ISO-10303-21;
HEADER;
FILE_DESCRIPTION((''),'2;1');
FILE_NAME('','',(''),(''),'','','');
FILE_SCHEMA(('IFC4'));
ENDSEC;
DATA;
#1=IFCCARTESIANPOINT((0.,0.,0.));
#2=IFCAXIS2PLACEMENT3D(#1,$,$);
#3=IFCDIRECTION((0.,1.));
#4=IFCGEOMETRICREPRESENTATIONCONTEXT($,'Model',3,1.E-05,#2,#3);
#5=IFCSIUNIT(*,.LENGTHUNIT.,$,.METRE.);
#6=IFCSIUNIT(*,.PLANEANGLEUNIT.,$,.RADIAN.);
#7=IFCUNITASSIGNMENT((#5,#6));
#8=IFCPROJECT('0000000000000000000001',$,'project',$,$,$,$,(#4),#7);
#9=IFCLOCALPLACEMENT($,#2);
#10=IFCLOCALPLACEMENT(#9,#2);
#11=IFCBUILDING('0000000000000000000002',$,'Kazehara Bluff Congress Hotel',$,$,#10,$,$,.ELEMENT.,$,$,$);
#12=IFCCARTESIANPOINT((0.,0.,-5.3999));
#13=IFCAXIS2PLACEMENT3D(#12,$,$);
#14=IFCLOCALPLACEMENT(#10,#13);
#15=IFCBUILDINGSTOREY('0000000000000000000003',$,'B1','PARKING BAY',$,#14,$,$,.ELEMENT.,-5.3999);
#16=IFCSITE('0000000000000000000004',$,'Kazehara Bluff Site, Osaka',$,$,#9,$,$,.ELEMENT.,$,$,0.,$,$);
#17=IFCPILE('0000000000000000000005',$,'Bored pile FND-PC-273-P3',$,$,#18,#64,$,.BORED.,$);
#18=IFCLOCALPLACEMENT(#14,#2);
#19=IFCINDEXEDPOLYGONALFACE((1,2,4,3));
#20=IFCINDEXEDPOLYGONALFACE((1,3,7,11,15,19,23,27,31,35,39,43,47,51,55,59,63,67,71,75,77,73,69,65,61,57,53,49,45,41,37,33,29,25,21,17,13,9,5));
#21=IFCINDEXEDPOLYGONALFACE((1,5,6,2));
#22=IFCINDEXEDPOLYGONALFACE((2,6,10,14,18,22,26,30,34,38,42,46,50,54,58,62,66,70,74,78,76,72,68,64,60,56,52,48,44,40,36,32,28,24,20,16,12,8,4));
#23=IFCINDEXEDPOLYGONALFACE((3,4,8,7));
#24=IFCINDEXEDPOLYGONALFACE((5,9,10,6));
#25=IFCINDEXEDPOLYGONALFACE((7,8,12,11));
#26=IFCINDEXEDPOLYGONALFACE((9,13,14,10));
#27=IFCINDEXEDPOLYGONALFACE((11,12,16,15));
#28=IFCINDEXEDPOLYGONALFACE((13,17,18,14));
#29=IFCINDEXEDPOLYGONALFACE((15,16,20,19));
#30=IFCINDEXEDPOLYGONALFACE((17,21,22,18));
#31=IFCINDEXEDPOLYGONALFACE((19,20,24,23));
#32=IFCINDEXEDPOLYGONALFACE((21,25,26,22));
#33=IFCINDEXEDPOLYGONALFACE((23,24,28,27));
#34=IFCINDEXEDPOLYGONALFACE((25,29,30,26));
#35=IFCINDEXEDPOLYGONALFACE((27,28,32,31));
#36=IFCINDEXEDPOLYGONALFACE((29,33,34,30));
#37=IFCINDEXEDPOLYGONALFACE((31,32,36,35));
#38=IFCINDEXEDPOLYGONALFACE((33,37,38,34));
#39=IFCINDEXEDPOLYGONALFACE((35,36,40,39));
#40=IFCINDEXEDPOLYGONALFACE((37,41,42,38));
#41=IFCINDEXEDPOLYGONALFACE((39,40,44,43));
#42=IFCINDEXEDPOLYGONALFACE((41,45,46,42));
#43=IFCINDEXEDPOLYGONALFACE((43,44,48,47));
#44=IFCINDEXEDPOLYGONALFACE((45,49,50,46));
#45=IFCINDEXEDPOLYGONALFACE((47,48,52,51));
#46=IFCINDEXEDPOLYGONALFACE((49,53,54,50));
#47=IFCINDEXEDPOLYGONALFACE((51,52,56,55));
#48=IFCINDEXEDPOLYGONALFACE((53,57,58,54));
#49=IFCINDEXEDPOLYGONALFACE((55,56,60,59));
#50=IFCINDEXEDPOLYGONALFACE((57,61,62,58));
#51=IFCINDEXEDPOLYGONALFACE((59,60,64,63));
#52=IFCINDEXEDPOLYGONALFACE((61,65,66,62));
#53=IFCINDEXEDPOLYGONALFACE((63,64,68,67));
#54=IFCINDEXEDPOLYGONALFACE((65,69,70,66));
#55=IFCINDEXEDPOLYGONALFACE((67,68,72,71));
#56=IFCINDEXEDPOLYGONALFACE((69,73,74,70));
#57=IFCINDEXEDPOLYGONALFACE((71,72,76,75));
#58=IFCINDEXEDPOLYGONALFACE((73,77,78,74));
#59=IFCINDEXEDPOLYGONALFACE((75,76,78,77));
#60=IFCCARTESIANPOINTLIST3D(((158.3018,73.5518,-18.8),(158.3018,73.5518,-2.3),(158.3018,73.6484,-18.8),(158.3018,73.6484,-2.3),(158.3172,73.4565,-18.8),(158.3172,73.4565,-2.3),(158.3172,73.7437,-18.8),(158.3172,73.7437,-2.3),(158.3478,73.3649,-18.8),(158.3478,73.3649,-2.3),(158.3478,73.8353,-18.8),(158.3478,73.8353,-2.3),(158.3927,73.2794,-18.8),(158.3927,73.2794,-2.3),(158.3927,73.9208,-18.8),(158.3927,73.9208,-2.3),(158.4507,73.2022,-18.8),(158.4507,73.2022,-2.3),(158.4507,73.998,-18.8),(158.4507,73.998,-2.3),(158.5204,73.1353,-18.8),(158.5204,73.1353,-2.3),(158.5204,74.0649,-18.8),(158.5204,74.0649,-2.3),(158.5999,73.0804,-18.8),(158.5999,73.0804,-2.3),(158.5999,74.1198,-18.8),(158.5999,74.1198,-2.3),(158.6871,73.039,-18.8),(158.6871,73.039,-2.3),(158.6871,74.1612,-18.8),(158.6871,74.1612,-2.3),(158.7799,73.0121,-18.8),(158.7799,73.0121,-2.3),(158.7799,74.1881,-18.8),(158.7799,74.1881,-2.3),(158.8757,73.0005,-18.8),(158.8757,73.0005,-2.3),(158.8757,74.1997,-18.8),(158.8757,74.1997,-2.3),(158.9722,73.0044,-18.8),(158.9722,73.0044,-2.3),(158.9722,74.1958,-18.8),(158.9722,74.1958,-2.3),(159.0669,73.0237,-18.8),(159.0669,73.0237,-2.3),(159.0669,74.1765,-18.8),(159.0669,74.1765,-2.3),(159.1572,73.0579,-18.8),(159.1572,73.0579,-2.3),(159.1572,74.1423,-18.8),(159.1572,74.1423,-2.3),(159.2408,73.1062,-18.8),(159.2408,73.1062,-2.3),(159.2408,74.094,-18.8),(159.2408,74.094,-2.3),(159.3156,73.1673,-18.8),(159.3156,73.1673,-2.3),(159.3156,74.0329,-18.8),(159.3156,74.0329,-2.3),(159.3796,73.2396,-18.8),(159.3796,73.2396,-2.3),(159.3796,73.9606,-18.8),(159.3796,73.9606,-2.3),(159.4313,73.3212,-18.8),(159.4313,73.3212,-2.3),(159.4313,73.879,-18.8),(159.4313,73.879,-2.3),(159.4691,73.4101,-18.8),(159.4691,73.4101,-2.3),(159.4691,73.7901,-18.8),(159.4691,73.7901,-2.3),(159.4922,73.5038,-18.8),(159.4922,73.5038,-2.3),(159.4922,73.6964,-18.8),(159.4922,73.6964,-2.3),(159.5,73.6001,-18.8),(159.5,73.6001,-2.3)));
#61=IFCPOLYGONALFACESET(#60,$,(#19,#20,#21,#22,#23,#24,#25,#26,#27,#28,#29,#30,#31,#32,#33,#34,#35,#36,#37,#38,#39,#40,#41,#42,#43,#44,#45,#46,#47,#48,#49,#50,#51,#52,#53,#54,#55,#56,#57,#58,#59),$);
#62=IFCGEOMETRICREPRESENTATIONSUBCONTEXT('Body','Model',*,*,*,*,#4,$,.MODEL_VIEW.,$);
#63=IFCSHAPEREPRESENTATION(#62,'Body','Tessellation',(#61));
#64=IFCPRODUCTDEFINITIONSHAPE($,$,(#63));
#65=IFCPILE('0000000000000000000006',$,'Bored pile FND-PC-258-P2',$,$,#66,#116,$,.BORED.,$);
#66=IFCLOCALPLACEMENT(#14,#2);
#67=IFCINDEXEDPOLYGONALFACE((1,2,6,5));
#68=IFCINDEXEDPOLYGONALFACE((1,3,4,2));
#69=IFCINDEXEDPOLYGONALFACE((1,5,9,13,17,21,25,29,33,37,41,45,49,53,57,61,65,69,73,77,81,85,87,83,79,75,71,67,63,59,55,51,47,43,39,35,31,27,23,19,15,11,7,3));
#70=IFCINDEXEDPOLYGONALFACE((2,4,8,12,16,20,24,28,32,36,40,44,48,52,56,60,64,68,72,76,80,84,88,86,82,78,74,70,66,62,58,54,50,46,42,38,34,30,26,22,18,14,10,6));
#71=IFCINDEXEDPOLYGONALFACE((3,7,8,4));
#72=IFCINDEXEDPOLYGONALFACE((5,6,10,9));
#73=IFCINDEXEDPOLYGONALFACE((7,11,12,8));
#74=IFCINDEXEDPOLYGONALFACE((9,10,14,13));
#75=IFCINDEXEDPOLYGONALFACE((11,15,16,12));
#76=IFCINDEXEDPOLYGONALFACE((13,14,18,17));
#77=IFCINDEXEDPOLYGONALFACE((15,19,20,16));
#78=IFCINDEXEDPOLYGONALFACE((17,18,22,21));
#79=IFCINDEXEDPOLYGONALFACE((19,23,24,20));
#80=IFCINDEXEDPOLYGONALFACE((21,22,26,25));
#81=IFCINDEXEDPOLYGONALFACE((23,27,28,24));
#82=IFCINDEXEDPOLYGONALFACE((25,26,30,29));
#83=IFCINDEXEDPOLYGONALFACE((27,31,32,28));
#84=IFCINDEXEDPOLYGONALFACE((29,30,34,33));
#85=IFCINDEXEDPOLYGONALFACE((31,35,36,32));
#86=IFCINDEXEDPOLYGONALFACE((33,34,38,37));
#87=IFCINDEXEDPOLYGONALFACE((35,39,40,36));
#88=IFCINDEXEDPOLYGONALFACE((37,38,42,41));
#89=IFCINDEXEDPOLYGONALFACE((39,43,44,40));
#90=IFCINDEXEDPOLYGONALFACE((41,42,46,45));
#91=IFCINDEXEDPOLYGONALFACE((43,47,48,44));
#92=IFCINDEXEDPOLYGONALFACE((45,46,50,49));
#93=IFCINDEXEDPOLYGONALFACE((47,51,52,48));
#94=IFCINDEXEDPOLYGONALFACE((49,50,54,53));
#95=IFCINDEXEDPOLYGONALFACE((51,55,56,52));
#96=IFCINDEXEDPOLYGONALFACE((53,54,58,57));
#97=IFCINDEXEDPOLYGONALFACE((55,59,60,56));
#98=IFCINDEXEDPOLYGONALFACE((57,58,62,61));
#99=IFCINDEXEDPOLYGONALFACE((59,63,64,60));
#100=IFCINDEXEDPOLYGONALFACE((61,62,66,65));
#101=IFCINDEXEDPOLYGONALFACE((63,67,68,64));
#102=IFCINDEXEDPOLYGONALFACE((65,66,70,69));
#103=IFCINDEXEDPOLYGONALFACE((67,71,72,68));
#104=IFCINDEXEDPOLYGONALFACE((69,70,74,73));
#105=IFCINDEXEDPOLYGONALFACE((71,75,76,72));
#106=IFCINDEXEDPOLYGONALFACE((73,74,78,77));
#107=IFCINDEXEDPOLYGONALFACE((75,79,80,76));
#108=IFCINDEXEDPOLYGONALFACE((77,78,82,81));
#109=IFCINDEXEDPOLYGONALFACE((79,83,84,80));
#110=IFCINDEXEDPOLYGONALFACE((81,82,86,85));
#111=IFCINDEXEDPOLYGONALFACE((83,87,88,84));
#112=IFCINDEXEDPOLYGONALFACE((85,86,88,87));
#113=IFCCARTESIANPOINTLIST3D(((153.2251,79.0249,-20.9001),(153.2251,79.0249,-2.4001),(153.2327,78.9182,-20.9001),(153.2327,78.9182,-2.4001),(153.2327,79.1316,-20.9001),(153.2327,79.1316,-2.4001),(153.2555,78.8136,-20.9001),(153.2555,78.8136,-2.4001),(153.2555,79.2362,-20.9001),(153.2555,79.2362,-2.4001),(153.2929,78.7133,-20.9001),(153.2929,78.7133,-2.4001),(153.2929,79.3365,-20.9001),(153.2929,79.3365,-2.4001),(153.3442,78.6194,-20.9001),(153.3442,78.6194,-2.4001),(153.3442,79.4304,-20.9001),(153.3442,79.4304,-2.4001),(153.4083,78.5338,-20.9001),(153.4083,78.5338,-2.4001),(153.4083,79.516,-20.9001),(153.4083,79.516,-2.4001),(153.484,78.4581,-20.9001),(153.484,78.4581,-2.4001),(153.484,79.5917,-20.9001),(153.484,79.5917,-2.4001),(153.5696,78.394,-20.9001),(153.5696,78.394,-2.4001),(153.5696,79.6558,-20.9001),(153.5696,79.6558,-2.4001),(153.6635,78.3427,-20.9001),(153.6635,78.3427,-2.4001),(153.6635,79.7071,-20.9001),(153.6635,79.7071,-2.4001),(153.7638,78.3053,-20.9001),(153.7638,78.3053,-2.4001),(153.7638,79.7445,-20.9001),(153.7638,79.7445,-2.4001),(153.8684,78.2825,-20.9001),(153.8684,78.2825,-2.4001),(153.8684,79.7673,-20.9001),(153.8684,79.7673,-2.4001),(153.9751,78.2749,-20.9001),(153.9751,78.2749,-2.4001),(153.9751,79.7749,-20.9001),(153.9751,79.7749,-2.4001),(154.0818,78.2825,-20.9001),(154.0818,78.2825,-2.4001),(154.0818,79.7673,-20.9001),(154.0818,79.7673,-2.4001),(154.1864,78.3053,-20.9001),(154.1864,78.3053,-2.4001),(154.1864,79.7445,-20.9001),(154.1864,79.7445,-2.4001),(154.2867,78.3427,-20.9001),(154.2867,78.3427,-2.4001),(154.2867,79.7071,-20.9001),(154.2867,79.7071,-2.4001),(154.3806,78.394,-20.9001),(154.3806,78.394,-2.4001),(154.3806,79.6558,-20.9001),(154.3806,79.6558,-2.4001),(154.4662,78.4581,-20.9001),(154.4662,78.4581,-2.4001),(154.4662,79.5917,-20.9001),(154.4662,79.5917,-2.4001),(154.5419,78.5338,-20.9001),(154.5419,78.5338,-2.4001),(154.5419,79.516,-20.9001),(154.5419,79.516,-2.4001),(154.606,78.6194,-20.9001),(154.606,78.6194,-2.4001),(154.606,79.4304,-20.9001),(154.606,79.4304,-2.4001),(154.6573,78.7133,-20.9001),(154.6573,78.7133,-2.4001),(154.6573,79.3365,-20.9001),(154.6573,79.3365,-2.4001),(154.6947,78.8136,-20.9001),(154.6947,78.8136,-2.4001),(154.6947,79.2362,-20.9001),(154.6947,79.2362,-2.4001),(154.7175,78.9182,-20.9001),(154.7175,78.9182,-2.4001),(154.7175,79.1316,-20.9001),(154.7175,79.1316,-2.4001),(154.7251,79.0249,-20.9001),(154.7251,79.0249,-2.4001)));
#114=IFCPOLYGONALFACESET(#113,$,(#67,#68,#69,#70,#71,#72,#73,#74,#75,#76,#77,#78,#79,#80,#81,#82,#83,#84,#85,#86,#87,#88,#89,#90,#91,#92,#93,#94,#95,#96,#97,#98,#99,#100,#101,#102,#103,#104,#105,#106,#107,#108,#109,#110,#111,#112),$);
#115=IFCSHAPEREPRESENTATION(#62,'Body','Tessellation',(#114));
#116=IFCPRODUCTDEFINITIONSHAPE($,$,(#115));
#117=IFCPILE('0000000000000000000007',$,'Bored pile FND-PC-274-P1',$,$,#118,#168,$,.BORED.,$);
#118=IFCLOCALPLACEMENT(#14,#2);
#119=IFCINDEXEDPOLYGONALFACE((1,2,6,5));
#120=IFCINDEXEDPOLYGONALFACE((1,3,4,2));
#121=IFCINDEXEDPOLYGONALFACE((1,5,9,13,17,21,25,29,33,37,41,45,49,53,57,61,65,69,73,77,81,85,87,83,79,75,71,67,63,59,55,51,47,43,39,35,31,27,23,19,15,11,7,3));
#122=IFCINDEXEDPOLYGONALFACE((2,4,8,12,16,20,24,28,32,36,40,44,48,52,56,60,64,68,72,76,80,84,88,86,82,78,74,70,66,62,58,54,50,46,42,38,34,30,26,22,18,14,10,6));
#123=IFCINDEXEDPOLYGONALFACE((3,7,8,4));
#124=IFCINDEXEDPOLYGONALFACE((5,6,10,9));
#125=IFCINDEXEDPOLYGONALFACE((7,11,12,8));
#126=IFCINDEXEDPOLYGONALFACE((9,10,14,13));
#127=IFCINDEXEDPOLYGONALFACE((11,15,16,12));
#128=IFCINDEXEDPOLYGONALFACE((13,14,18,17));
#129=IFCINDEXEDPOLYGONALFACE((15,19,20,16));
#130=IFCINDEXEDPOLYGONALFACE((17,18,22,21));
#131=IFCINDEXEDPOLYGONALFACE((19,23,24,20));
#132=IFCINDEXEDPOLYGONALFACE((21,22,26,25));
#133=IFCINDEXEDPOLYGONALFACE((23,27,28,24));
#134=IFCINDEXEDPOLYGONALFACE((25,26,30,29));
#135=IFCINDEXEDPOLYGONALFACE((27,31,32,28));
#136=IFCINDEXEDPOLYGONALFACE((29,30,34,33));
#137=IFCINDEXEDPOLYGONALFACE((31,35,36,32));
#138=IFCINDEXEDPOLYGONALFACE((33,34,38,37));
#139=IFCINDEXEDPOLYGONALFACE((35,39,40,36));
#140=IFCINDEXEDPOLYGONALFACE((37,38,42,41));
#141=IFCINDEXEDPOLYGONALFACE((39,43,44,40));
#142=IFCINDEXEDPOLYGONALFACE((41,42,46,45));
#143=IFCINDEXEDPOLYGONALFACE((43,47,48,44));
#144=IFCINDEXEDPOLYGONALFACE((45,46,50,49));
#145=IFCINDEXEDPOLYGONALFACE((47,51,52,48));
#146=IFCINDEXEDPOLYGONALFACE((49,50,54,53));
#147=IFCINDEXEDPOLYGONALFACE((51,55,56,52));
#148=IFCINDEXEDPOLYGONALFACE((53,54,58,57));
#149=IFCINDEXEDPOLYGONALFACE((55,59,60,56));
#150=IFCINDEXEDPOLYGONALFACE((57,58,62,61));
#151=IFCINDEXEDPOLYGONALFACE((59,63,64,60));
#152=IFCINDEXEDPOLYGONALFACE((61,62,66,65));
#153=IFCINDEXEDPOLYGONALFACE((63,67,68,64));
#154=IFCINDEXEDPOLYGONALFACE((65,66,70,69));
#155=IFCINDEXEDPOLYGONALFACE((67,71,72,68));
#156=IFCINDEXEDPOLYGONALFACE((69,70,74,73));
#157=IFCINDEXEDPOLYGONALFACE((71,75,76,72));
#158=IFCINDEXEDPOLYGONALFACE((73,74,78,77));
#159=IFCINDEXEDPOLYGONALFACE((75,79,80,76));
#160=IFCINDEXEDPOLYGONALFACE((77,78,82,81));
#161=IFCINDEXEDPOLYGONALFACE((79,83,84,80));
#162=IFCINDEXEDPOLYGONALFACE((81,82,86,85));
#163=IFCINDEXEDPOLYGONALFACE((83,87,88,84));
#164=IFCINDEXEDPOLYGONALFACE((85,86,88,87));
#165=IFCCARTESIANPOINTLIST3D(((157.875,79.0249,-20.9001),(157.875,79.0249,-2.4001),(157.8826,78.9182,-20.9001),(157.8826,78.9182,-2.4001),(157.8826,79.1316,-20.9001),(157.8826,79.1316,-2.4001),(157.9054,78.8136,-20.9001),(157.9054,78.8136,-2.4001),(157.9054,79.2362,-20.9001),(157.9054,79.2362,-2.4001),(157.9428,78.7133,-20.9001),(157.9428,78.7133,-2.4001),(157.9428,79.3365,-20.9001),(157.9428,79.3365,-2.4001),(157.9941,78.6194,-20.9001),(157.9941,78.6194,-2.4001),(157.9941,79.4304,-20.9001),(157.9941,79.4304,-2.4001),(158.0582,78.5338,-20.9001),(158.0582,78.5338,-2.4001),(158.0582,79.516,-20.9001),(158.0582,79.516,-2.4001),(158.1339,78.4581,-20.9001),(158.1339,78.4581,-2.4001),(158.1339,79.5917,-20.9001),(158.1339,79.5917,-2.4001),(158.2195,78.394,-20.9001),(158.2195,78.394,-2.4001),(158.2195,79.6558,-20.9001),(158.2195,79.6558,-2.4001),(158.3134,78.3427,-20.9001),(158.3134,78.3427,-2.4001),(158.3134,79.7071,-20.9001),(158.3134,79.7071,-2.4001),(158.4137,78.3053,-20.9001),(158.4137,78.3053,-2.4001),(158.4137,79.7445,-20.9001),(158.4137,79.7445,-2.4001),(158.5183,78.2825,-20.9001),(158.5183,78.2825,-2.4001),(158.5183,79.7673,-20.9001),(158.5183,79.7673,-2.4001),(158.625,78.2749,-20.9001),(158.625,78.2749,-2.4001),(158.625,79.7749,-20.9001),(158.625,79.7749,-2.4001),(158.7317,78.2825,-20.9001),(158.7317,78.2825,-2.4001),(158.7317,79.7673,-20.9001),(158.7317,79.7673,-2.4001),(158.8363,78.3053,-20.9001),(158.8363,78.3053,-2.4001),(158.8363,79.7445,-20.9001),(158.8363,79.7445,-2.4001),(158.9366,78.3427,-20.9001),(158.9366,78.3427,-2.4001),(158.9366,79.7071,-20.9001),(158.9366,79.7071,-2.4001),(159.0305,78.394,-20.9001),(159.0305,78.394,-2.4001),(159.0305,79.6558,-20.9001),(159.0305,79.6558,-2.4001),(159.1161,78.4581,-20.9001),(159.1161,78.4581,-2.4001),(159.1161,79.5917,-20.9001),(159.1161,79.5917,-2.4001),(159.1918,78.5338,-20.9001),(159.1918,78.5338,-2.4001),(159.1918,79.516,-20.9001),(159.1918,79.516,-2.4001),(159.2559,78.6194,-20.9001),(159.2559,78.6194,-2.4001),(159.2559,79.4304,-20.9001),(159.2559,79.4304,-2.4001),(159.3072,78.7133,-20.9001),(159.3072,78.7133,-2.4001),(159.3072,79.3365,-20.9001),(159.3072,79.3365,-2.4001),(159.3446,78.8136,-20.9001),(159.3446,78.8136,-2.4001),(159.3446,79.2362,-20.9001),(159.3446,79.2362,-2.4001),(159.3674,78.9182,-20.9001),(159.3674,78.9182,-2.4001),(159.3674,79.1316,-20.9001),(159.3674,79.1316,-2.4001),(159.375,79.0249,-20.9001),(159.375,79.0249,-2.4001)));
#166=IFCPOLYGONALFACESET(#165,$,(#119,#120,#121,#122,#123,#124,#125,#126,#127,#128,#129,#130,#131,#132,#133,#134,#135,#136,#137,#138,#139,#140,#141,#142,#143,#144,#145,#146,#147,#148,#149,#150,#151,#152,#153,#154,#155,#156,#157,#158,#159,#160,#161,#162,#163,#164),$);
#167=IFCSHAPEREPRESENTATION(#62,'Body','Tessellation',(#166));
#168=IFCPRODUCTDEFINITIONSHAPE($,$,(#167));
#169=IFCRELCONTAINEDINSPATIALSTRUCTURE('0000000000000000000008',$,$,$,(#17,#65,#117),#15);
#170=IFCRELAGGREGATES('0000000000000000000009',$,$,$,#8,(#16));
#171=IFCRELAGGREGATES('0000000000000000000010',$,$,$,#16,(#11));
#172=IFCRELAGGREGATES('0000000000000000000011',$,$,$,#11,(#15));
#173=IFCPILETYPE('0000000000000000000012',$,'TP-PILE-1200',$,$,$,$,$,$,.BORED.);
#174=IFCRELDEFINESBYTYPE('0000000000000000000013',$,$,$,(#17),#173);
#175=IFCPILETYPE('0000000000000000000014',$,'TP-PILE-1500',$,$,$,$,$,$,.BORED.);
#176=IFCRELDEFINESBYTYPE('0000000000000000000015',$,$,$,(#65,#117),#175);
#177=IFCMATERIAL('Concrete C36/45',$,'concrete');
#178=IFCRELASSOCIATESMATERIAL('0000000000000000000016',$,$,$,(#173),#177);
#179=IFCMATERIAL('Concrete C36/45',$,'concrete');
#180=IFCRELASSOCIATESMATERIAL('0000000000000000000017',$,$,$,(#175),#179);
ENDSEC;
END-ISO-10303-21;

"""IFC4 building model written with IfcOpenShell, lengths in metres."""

from ifc_helpers import new_model, si_unit, direction, frame, origin, origin_2d, place, context, subcontext, project, spatial, circle, extrude, material, material_profile, profile_set, type_object, element, save


model = new_model("IFC4")

# Units and contexts
model_context = context("Model", 3, precision=1e-05, world=origin(), true_north=direction((0.0, 1.0)))
body_context = subcontext(model_context, "Body", "Model", "MODEL_VIEW")
ifc_project = project(units=[si_unit("LENGTHUNIT", "METRE"), si_unit("PLANEANGLEUNIT", "RADIAN")], contexts=[model_context])

# Site, building, storey
site_placement = place(None, origin())
site = spatial("IfcSite", under=ifc_project, at=site_placement, Name="Kazehara Bluff Site, Osaka", CompositionType="ELEMENT", RefElevation=0.0)
building_placement = place(site_placement, origin())
building = spatial("IfcBuilding", under=site, at=building_placement, Name="Kazehara Bluff Congress Hotel", CompositionType="ELEMENT")
storey_placement = place(building_placement, frame((0.0, 0.0, -5.3999)))
storey = spatial("IfcBuildingStorey", under=building, at=storey_placement, Name="B1", Description="PARKING BAY", CompositionType="ELEMENT", Elevation=-5.3999)

# Piles
ifc_material_1 = material(Name="Concrete C36/45", Category="concrete")
ifc_material_profile_1 = material_profile(ifc_material_1, circle(Radius=0.6001, at=origin_2d()))
ifc_profile_set_1 = profile_set([ifc_material_profile_1], Name="Concrete C36/45")
pile_type_1 = type_object("IfcPileType", Name="TP-PILE-1200", PredefinedType="BORED", material=ifc_profile_set_1)
pile_placement = place(storey_placement, frame((158.8999, 73.6001, -2.3), z_axis=(0.0, 0.0, -1.0), x_axis=(1.0, 0.0, 0.0)))
element("IfcPile", 1, at=pile_placement, inside=storey, type_object=pile_type_1, Name="Bored pile FND-PC-273-P3", PredefinedType="BORED", context=body_context, shape_type="SweptSolid", body=[
    extrude(circle(Radius=0.6001, at=origin_2d()), origin(), (0.0, 0.0, 1.0), 16.5),
])
ifc_material_2 = material(Name="Concrete C36/45", Category="concrete")
ifc_material_profile_2 = material_profile(ifc_material_2, circle(Radius=0.75, at=origin_2d()))
ifc_profile_set_2 = profile_set([ifc_material_profile_2], Name="Concrete C36/45")
pile_type_2 = type_object("IfcPileType", Name="TP-PILE-1500", PredefinedType="BORED", material=ifc_profile_set_2)
for number, where, z_axis, x_axis, name in (
    (2, (153.9751, 79.0249, -2.4001), (0.0, 0.0, -1.0), (1.0, 0.0, 0.0), "Bored pile FND-PC-258-P2"),
    (3, (158.625, 79.0249, -2.4001), (0.0, 0.0, -1.0), (1.0, 0.0, 0.0), "Bored pile FND-PC-274-P1"),
):
    element("IfcPile", number, at=place(storey_placement, frame(where, z_axis=z_axis, x_axis=x_axis)), inside=storey, type_object=pile_type_2, Name=name, PredefinedType="BORED", context=body_context, shape_type="SweptSolid", body=[
        extrude(circle(Radius=0.75, at=origin_2d()), origin(), (0.0, 0.0, 1.0), 18.5),
    ])

save(model, "model.ifc")
